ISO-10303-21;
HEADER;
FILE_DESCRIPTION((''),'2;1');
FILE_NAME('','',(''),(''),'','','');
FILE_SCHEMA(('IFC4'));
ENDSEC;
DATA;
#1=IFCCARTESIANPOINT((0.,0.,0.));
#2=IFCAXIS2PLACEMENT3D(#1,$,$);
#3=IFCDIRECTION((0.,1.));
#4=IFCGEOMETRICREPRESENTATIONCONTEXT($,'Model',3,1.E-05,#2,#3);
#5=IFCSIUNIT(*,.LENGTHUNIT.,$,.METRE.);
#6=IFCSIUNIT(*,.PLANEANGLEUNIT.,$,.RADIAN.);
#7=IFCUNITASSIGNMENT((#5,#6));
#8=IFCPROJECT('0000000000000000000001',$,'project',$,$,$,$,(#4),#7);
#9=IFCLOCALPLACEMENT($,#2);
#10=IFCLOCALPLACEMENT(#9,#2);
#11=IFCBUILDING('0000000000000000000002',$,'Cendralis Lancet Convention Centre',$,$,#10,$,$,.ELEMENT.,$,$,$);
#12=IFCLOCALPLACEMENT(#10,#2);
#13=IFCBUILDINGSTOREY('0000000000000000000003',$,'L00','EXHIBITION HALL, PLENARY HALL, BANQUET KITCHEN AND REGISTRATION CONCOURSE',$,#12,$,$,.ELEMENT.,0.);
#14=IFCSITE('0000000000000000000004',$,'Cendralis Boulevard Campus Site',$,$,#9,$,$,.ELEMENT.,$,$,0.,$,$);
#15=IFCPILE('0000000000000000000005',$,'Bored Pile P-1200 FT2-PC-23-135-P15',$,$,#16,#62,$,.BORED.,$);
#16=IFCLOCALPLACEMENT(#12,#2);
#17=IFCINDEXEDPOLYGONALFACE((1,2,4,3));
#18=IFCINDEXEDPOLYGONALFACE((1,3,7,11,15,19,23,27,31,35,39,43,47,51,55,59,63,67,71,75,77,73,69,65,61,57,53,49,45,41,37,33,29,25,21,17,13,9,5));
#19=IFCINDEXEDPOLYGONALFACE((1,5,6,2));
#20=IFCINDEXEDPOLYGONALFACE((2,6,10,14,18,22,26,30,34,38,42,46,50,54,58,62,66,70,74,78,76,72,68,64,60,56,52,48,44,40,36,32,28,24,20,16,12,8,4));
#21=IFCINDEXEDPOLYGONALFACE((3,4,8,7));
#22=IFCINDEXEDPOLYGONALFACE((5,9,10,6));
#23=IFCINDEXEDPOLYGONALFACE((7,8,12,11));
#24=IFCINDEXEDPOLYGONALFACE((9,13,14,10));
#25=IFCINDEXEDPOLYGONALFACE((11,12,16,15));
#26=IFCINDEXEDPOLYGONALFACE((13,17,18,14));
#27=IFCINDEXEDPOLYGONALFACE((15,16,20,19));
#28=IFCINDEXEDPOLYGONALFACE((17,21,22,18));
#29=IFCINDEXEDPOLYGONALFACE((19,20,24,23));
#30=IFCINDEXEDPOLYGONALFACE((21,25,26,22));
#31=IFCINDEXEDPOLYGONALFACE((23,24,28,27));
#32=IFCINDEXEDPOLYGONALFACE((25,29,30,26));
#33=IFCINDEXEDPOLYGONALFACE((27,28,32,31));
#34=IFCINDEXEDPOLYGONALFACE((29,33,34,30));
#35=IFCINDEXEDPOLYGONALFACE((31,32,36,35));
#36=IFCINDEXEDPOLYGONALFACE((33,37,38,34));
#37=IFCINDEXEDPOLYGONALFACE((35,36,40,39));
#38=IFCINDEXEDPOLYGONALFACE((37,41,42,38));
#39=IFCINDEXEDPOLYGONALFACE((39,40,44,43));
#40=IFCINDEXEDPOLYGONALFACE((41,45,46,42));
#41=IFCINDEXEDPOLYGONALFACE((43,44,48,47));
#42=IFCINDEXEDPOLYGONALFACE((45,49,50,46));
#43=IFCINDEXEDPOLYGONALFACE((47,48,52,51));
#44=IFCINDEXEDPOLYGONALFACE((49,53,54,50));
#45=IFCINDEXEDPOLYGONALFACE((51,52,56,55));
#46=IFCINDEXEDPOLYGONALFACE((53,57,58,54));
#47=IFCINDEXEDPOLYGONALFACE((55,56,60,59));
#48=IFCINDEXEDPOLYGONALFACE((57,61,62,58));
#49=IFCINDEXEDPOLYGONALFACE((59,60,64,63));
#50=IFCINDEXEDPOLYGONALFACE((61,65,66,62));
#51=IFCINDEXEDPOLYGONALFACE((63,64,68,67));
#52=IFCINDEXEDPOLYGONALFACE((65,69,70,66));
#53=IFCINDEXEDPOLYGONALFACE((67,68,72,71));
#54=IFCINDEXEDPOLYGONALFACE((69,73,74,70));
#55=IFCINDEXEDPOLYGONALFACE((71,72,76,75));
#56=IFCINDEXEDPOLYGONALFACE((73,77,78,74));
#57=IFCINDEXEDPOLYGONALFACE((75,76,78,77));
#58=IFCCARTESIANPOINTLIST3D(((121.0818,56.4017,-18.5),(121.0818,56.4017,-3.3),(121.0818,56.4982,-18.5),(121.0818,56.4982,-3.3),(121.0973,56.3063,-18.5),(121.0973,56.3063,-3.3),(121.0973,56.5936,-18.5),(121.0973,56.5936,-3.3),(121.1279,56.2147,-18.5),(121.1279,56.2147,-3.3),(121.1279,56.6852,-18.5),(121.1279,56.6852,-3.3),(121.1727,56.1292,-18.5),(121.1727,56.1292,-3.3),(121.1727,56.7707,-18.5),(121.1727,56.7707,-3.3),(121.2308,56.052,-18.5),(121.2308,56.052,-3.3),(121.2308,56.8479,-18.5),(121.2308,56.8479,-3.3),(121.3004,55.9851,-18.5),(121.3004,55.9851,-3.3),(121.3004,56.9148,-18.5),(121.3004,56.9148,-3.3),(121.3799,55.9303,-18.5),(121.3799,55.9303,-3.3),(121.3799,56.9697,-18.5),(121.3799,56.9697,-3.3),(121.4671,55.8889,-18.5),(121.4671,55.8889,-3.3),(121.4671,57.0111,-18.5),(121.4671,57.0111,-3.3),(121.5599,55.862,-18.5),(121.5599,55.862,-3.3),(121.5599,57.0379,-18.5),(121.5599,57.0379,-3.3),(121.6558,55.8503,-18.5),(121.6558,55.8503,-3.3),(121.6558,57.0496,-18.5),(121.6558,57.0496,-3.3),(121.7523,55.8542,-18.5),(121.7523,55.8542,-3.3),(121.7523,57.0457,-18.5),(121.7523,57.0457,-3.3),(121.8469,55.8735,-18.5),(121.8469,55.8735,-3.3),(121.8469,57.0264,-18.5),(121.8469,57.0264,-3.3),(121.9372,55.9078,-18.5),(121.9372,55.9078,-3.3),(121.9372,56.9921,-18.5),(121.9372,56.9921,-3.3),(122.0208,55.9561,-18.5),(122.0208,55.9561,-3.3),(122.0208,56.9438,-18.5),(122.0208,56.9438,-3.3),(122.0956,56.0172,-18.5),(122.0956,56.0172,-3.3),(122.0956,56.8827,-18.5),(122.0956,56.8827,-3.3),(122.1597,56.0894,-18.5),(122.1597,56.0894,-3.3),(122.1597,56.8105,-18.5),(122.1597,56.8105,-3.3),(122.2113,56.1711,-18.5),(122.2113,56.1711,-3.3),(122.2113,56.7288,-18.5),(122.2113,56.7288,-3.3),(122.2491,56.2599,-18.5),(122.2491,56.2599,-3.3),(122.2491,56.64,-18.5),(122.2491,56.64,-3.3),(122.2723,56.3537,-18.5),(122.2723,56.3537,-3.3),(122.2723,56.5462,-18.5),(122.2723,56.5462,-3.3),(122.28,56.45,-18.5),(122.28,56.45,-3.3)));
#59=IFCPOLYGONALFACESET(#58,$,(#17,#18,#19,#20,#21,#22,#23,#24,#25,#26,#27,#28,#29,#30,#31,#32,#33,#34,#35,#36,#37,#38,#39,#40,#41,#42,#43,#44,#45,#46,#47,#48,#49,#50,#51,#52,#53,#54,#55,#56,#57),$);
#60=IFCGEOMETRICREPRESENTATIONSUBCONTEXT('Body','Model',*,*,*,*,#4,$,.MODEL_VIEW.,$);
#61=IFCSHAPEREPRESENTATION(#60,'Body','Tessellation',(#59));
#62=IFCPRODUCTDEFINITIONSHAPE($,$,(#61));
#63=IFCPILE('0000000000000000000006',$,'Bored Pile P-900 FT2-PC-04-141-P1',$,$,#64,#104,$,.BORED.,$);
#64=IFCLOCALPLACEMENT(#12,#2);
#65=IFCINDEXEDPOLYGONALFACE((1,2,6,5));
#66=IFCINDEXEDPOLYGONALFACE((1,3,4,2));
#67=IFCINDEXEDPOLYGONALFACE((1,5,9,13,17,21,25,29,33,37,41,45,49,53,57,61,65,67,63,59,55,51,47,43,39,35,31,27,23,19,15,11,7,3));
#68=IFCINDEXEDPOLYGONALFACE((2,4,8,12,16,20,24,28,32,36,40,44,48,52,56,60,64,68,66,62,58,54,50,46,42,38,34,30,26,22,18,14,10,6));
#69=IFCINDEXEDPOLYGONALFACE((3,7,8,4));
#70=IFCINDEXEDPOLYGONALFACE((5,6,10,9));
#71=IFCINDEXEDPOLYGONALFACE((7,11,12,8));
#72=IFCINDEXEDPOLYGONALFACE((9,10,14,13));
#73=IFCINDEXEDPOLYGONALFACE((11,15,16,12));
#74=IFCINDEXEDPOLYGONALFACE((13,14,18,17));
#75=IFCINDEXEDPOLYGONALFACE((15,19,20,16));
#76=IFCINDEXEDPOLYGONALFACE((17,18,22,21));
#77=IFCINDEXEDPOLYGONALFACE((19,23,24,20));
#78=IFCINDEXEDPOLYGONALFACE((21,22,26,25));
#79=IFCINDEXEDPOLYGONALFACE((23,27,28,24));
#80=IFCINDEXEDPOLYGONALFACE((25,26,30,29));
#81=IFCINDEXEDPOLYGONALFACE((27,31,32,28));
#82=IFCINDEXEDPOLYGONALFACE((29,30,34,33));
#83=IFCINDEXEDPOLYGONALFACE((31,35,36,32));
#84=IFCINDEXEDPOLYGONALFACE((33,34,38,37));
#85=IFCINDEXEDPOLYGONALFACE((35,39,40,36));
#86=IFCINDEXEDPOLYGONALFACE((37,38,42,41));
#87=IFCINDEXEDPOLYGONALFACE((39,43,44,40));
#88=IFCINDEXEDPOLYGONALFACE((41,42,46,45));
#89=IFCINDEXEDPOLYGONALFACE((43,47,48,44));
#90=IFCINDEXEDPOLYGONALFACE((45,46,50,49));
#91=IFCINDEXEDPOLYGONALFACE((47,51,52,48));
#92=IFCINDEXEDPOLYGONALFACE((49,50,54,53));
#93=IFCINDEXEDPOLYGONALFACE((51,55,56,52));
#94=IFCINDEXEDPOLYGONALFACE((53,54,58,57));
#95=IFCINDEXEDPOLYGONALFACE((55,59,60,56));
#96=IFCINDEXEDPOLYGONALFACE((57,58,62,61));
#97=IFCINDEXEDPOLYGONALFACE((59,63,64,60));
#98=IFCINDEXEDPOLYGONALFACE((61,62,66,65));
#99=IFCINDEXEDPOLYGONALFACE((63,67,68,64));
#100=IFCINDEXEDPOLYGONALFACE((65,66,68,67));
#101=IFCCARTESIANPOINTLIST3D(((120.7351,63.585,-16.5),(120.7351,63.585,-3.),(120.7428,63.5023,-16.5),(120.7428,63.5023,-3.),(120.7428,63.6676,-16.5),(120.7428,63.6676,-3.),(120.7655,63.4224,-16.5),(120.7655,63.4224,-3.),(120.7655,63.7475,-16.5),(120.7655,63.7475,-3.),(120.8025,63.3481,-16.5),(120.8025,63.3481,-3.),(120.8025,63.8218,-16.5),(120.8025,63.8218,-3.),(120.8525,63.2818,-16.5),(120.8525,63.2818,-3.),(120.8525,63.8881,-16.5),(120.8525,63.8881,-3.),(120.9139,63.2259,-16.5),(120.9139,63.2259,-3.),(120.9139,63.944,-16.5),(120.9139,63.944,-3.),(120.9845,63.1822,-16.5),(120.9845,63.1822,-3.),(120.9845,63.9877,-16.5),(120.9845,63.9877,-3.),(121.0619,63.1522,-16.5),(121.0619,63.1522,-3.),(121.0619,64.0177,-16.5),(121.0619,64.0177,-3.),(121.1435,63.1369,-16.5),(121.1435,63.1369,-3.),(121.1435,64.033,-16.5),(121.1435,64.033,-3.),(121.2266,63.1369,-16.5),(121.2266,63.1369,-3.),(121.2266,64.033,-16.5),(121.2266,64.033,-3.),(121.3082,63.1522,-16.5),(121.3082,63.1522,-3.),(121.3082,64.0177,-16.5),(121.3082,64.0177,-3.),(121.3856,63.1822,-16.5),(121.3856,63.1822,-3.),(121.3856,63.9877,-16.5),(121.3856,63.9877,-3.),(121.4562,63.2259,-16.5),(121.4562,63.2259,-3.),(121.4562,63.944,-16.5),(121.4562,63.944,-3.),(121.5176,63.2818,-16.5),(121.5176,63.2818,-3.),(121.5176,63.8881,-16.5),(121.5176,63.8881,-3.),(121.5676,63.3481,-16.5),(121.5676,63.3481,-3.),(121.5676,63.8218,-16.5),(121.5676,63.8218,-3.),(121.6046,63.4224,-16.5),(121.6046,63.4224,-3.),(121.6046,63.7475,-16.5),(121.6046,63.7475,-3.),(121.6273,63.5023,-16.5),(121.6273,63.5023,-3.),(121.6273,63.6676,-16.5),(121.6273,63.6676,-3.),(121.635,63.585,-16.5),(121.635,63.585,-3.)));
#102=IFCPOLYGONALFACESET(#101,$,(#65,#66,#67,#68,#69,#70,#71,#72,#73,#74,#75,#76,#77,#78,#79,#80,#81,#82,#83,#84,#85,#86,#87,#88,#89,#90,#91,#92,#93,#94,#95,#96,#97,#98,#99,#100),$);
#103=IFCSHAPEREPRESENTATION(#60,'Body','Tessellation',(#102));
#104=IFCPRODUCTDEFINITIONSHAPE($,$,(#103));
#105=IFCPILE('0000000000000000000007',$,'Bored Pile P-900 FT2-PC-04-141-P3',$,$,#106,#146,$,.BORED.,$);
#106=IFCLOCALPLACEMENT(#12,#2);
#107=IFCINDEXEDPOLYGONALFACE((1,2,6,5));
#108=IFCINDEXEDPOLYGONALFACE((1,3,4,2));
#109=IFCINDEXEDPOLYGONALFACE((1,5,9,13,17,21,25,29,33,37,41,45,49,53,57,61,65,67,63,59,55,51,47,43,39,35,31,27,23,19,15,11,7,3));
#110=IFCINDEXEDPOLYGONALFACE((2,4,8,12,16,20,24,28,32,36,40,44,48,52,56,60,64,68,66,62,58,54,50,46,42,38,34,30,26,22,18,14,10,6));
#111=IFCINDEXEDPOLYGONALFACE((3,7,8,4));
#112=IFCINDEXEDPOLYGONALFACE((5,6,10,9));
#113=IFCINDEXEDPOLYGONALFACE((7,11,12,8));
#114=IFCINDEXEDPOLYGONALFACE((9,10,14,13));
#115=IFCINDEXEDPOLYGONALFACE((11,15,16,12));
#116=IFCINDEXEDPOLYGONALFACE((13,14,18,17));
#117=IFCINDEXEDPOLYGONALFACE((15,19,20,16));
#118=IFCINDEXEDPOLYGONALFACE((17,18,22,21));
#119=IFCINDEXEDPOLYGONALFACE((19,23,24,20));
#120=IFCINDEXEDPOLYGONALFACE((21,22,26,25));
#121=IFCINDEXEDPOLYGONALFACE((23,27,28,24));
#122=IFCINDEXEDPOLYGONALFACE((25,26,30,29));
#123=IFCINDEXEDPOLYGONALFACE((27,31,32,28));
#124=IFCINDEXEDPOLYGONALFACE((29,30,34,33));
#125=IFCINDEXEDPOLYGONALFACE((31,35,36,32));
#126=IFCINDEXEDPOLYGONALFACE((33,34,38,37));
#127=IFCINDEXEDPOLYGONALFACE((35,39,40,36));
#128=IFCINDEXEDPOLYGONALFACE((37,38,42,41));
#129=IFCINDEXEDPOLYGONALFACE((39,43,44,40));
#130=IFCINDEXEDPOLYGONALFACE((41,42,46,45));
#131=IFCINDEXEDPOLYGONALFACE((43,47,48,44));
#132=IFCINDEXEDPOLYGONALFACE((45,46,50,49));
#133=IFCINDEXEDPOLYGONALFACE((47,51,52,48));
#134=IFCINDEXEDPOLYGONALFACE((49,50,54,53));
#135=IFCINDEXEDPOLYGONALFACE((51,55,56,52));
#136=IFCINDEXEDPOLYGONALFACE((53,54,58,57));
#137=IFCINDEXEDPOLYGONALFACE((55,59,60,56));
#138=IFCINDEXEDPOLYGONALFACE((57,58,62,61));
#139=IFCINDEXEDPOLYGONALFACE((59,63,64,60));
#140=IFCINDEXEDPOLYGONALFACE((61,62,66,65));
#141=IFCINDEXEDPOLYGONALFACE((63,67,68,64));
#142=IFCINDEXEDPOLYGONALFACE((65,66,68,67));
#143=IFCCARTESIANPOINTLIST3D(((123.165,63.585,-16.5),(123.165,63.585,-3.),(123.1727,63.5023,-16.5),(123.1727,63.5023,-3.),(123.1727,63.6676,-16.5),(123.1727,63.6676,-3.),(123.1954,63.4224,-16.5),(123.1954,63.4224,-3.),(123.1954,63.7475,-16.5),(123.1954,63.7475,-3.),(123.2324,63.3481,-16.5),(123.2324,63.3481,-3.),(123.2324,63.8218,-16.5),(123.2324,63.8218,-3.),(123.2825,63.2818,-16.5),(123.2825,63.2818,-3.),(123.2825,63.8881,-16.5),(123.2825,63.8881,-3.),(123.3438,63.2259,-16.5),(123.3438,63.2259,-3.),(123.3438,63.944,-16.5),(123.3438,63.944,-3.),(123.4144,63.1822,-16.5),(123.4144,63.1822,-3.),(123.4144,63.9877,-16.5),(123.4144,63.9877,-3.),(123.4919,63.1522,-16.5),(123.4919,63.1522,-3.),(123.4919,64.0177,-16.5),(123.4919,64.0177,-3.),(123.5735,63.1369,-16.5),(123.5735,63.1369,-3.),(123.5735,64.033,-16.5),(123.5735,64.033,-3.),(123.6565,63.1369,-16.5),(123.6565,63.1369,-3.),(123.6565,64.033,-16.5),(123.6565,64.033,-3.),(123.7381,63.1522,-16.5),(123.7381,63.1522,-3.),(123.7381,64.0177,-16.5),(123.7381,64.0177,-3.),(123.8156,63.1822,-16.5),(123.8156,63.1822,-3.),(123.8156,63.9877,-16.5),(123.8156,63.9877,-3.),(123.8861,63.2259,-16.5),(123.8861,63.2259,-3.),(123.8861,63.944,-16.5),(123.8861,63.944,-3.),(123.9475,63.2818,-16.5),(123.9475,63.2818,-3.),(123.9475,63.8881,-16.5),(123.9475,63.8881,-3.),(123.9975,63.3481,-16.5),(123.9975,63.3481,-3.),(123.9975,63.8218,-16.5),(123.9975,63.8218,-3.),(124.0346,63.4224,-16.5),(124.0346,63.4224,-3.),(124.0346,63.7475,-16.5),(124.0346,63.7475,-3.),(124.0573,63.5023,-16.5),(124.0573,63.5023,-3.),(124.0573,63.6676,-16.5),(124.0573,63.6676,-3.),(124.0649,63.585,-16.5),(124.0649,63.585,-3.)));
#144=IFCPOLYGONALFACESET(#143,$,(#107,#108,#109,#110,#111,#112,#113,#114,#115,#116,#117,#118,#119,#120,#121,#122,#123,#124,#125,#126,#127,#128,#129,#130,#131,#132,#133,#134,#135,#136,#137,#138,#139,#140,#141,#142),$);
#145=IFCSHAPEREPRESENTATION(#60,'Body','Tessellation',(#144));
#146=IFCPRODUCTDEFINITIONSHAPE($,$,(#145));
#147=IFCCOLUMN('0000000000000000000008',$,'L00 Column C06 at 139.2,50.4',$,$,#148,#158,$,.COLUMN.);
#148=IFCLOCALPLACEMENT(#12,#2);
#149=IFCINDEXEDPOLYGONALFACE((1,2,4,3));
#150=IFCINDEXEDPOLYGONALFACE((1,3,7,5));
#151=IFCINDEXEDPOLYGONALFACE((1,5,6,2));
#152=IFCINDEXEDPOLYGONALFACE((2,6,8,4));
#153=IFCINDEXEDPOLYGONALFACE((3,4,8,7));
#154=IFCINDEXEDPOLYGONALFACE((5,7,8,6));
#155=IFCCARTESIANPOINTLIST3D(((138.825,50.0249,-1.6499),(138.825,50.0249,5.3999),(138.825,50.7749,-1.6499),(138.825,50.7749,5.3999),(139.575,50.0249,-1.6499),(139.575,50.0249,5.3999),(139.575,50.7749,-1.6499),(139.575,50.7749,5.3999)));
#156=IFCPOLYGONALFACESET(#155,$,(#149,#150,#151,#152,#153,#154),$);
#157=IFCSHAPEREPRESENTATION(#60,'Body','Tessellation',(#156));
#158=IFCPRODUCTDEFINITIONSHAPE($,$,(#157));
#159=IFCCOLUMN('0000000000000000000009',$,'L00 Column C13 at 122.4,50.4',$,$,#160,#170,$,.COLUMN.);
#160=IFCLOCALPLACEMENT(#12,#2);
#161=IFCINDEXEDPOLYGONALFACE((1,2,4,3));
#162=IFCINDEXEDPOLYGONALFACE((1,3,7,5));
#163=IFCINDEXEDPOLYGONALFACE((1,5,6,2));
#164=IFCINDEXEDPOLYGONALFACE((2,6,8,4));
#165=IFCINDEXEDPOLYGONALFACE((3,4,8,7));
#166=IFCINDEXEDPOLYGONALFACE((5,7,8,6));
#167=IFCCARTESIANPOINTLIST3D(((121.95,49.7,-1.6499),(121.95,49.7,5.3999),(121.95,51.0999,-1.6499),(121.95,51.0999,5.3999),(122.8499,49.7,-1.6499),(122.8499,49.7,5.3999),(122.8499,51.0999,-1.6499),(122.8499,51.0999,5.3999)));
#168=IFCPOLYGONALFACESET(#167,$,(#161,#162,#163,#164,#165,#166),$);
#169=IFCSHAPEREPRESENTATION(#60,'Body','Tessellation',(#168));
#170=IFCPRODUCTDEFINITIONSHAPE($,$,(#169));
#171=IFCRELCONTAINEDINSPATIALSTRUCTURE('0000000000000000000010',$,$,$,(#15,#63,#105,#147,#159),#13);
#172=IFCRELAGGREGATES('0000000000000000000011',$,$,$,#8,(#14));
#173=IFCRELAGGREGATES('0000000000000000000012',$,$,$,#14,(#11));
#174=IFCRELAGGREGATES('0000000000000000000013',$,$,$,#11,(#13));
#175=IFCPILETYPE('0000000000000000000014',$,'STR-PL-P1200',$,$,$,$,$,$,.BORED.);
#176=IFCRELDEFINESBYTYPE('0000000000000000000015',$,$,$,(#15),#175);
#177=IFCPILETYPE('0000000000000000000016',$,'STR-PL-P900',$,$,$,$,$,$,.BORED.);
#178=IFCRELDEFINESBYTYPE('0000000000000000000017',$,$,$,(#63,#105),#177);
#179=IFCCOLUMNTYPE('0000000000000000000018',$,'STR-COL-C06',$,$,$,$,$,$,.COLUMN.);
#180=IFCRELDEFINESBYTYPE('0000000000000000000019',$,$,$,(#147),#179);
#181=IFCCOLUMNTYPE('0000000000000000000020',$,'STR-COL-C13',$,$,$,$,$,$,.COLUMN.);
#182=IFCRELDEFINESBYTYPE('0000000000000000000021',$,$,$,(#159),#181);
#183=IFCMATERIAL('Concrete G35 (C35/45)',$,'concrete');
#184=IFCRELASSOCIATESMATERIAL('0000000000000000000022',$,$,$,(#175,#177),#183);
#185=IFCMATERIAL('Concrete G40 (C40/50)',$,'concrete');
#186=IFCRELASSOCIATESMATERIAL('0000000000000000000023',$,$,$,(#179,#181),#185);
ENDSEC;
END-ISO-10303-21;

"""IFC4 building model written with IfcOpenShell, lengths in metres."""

from ifc_helpers import new_model, si_unit, direction, frame, origin, origin_2d, place, context, subcontext, project, spatial, rectangle, circle, extrude, material, material_profile, profile_set, type_object, element, save


model = new_model("IFC4")

# Units and contexts
model_context = context("Model", 3, precision=1e-05, world=origin(), true_north=direction((0.0, 1.0)))
body_context = subcontext(model_context, "Body", "Model", "MODEL_VIEW")
ifc_project = project(units=[si_unit("LENGTHUNIT", "METRE"), si_unit("PLANEANGLEUNIT", "RADIAN")], contexts=[model_context])

# Site, building, storey
site_placement = place(None, origin())
site = spatial("IfcSite", under=ifc_project, at=site_placement, Name="Cendralis Boulevard Campus Site", CompositionType="ELEMENT", RefElevation=0.0)
building_placement = place(site_placement, origin())
building = spatial("IfcBuilding", under=site, at=building_placement, Name="Cendralis Lancet Convention Centre", CompositionType="ELEMENT")
storey_placement = place(building_placement, origin())
storey = spatial("IfcBuildingStorey", under=building, at=storey_placement, Name="L00", Description="EXHIBITION HALL, PLENARY HALL, BANQUET KITCHEN AND REGISTRATION CONCOURSE", CompositionType="ELEMENT", Elevation=0.0)

# Shared definitions
ifc_material_1 = material(Name="Concrete G35 (C35/45)", Category="concrete")

# Piles
ifc_material_profile_1 = material_profile(ifc_material_1, circle(Radius=0.6001, at=origin_2d()), Name="BORED PILE D1200")
ifc_profile_set_1 = profile_set([ifc_material_profile_1], Name="Concrete G35 (C35/45)")
pile_type_1 = type_object("IfcPileType", Name="STR-PL-P1200", PredefinedType="BORED", material=ifc_profile_set_1)
for number, where, z_axis, x_axis, name in (
    (1, (121.6799, 56.45, -3.3), (0.0, 0.0, -1.0), (1.0, 0.0, 0.0), "Bored Pile P-1200 FT2-PC-23-135-P15"),
):
    element("IfcPile", number, at=place(storey_placement, frame(where, z_axis=z_axis, x_axis=x_axis)), inside=storey, type_object=pile_type_1, Name=name, PredefinedType="BORED", context=body_context, shape_type="SweptSolid", body=[
        extrude(circle(Radius=0.6001, at=origin_2d()), origin(), (0.0, 0.0, 1.0), 15.2),
    ])
ifc_material_profile_2 = material_profile(ifc_material_1, circle(Radius=0.45, at=origin_2d()), Name="BORED PILE D900")
ifc_profile_set_2 = profile_set([ifc_material_profile_2], Name="Concrete G35 (C35/45)")
pile_type_2 = type_object("IfcPileType", Name="STR-PL-P900", PredefinedType="BORED", material=ifc_profile_set_2)
for number, where, z_axis, x_axis, name in (
    (2, (121.1851, 63.585, -3.0), (0.0, 0.0, -1.0), (1.0, 0.0, 0.0), "Bored Pile P-900 FT2-PC-04-141-P1"),
    (3, (123.615, 63.585, -3.0), (0.0, 0.0, -1.0), (1.0, 0.0, 0.0), "Bored Pile P-900 FT2-PC-04-141-P3"),
):
    element("IfcPile", number, at=place(storey_placement, frame(where, z_axis=z_axis, x_axis=x_axis)), inside=storey, type_object=pile_type_2, Name=name, PredefinedType="BORED", context=body_context, shape_type="SweptSolid", body=[
        extrude(circle(Radius=0.45, at=origin_2d()), origin(), (0.0, 0.0, 1.0), 13.5),
    ])

# Columns
ifc_material_2 = material(Name="Concrete G40 (C40/50)", Category="concrete")
ifc_material_profile_3 = material_profile(ifc_material_2, rectangle(XDim=0.75, YDim=0.75, at=origin_2d()), Name="RC 750x750")
ifc_profile_set_3 = profile_set([ifc_material_profile_3], Name="Concrete G40 (C40/50)")
column_type_1 = type_object("IfcColumnType", Name="STR-COL-C06", PredefinedType="COLUMN", material=ifc_profile_set_3)
column_1_placement = place(storey_placement, frame((139.2, 50.3999, -1.6499), z_axis=(0.0, 0.0, 1.0), x_axis=(1.0, 0.0, 0.0)))
element("IfcColumn", 4, at=column_1_placement, inside=storey, type_object=column_type_1, Name="L00 Column C06 at 139.2,50.4", PredefinedType="COLUMN", context=body_context, shape_type="SweptSolid", body=[
    extrude(rectangle(XDim=0.75, YDim=0.75, at=origin_2d()), origin(), (0.0, 0.0, 1.0), 7.0498),
])
ifc_material_profile_4 = material_profile(ifc_material_2, rectangle(XDim=0.8999, YDim=1.3999, at=origin_2d()), Name="RC 900x1400")
ifc_profile_set_4 = profile_set([ifc_material_profile_4], Name="Concrete G40 (C40/50)")
column_type_2 = type_object("IfcColumnType", Name="STR-COL-C13", PredefinedType="COLUMN", material=ifc_profile_set_4)
column_2_placement = place(storey_placement, frame((122.3999, 50.3999, -1.6499), z_axis=(0.0, 0.0, 1.0), x_axis=(1.0, 0.0, 0.0)))
element("IfcColumn", 5, at=column_2_placement, inside=storey, type_object=column_type_2, Name="L00 Column C13 at 122.4,50.4", PredefinedType="COLUMN", context=body_context, shape_type="SweptSolid", body=[
    extrude(rectangle(XDim=0.8999, YDim=1.3999, at=origin_2d()), origin(), (0.0, 0.0, 1.0), 7.0498),
])

save(model, "model.ifc")
